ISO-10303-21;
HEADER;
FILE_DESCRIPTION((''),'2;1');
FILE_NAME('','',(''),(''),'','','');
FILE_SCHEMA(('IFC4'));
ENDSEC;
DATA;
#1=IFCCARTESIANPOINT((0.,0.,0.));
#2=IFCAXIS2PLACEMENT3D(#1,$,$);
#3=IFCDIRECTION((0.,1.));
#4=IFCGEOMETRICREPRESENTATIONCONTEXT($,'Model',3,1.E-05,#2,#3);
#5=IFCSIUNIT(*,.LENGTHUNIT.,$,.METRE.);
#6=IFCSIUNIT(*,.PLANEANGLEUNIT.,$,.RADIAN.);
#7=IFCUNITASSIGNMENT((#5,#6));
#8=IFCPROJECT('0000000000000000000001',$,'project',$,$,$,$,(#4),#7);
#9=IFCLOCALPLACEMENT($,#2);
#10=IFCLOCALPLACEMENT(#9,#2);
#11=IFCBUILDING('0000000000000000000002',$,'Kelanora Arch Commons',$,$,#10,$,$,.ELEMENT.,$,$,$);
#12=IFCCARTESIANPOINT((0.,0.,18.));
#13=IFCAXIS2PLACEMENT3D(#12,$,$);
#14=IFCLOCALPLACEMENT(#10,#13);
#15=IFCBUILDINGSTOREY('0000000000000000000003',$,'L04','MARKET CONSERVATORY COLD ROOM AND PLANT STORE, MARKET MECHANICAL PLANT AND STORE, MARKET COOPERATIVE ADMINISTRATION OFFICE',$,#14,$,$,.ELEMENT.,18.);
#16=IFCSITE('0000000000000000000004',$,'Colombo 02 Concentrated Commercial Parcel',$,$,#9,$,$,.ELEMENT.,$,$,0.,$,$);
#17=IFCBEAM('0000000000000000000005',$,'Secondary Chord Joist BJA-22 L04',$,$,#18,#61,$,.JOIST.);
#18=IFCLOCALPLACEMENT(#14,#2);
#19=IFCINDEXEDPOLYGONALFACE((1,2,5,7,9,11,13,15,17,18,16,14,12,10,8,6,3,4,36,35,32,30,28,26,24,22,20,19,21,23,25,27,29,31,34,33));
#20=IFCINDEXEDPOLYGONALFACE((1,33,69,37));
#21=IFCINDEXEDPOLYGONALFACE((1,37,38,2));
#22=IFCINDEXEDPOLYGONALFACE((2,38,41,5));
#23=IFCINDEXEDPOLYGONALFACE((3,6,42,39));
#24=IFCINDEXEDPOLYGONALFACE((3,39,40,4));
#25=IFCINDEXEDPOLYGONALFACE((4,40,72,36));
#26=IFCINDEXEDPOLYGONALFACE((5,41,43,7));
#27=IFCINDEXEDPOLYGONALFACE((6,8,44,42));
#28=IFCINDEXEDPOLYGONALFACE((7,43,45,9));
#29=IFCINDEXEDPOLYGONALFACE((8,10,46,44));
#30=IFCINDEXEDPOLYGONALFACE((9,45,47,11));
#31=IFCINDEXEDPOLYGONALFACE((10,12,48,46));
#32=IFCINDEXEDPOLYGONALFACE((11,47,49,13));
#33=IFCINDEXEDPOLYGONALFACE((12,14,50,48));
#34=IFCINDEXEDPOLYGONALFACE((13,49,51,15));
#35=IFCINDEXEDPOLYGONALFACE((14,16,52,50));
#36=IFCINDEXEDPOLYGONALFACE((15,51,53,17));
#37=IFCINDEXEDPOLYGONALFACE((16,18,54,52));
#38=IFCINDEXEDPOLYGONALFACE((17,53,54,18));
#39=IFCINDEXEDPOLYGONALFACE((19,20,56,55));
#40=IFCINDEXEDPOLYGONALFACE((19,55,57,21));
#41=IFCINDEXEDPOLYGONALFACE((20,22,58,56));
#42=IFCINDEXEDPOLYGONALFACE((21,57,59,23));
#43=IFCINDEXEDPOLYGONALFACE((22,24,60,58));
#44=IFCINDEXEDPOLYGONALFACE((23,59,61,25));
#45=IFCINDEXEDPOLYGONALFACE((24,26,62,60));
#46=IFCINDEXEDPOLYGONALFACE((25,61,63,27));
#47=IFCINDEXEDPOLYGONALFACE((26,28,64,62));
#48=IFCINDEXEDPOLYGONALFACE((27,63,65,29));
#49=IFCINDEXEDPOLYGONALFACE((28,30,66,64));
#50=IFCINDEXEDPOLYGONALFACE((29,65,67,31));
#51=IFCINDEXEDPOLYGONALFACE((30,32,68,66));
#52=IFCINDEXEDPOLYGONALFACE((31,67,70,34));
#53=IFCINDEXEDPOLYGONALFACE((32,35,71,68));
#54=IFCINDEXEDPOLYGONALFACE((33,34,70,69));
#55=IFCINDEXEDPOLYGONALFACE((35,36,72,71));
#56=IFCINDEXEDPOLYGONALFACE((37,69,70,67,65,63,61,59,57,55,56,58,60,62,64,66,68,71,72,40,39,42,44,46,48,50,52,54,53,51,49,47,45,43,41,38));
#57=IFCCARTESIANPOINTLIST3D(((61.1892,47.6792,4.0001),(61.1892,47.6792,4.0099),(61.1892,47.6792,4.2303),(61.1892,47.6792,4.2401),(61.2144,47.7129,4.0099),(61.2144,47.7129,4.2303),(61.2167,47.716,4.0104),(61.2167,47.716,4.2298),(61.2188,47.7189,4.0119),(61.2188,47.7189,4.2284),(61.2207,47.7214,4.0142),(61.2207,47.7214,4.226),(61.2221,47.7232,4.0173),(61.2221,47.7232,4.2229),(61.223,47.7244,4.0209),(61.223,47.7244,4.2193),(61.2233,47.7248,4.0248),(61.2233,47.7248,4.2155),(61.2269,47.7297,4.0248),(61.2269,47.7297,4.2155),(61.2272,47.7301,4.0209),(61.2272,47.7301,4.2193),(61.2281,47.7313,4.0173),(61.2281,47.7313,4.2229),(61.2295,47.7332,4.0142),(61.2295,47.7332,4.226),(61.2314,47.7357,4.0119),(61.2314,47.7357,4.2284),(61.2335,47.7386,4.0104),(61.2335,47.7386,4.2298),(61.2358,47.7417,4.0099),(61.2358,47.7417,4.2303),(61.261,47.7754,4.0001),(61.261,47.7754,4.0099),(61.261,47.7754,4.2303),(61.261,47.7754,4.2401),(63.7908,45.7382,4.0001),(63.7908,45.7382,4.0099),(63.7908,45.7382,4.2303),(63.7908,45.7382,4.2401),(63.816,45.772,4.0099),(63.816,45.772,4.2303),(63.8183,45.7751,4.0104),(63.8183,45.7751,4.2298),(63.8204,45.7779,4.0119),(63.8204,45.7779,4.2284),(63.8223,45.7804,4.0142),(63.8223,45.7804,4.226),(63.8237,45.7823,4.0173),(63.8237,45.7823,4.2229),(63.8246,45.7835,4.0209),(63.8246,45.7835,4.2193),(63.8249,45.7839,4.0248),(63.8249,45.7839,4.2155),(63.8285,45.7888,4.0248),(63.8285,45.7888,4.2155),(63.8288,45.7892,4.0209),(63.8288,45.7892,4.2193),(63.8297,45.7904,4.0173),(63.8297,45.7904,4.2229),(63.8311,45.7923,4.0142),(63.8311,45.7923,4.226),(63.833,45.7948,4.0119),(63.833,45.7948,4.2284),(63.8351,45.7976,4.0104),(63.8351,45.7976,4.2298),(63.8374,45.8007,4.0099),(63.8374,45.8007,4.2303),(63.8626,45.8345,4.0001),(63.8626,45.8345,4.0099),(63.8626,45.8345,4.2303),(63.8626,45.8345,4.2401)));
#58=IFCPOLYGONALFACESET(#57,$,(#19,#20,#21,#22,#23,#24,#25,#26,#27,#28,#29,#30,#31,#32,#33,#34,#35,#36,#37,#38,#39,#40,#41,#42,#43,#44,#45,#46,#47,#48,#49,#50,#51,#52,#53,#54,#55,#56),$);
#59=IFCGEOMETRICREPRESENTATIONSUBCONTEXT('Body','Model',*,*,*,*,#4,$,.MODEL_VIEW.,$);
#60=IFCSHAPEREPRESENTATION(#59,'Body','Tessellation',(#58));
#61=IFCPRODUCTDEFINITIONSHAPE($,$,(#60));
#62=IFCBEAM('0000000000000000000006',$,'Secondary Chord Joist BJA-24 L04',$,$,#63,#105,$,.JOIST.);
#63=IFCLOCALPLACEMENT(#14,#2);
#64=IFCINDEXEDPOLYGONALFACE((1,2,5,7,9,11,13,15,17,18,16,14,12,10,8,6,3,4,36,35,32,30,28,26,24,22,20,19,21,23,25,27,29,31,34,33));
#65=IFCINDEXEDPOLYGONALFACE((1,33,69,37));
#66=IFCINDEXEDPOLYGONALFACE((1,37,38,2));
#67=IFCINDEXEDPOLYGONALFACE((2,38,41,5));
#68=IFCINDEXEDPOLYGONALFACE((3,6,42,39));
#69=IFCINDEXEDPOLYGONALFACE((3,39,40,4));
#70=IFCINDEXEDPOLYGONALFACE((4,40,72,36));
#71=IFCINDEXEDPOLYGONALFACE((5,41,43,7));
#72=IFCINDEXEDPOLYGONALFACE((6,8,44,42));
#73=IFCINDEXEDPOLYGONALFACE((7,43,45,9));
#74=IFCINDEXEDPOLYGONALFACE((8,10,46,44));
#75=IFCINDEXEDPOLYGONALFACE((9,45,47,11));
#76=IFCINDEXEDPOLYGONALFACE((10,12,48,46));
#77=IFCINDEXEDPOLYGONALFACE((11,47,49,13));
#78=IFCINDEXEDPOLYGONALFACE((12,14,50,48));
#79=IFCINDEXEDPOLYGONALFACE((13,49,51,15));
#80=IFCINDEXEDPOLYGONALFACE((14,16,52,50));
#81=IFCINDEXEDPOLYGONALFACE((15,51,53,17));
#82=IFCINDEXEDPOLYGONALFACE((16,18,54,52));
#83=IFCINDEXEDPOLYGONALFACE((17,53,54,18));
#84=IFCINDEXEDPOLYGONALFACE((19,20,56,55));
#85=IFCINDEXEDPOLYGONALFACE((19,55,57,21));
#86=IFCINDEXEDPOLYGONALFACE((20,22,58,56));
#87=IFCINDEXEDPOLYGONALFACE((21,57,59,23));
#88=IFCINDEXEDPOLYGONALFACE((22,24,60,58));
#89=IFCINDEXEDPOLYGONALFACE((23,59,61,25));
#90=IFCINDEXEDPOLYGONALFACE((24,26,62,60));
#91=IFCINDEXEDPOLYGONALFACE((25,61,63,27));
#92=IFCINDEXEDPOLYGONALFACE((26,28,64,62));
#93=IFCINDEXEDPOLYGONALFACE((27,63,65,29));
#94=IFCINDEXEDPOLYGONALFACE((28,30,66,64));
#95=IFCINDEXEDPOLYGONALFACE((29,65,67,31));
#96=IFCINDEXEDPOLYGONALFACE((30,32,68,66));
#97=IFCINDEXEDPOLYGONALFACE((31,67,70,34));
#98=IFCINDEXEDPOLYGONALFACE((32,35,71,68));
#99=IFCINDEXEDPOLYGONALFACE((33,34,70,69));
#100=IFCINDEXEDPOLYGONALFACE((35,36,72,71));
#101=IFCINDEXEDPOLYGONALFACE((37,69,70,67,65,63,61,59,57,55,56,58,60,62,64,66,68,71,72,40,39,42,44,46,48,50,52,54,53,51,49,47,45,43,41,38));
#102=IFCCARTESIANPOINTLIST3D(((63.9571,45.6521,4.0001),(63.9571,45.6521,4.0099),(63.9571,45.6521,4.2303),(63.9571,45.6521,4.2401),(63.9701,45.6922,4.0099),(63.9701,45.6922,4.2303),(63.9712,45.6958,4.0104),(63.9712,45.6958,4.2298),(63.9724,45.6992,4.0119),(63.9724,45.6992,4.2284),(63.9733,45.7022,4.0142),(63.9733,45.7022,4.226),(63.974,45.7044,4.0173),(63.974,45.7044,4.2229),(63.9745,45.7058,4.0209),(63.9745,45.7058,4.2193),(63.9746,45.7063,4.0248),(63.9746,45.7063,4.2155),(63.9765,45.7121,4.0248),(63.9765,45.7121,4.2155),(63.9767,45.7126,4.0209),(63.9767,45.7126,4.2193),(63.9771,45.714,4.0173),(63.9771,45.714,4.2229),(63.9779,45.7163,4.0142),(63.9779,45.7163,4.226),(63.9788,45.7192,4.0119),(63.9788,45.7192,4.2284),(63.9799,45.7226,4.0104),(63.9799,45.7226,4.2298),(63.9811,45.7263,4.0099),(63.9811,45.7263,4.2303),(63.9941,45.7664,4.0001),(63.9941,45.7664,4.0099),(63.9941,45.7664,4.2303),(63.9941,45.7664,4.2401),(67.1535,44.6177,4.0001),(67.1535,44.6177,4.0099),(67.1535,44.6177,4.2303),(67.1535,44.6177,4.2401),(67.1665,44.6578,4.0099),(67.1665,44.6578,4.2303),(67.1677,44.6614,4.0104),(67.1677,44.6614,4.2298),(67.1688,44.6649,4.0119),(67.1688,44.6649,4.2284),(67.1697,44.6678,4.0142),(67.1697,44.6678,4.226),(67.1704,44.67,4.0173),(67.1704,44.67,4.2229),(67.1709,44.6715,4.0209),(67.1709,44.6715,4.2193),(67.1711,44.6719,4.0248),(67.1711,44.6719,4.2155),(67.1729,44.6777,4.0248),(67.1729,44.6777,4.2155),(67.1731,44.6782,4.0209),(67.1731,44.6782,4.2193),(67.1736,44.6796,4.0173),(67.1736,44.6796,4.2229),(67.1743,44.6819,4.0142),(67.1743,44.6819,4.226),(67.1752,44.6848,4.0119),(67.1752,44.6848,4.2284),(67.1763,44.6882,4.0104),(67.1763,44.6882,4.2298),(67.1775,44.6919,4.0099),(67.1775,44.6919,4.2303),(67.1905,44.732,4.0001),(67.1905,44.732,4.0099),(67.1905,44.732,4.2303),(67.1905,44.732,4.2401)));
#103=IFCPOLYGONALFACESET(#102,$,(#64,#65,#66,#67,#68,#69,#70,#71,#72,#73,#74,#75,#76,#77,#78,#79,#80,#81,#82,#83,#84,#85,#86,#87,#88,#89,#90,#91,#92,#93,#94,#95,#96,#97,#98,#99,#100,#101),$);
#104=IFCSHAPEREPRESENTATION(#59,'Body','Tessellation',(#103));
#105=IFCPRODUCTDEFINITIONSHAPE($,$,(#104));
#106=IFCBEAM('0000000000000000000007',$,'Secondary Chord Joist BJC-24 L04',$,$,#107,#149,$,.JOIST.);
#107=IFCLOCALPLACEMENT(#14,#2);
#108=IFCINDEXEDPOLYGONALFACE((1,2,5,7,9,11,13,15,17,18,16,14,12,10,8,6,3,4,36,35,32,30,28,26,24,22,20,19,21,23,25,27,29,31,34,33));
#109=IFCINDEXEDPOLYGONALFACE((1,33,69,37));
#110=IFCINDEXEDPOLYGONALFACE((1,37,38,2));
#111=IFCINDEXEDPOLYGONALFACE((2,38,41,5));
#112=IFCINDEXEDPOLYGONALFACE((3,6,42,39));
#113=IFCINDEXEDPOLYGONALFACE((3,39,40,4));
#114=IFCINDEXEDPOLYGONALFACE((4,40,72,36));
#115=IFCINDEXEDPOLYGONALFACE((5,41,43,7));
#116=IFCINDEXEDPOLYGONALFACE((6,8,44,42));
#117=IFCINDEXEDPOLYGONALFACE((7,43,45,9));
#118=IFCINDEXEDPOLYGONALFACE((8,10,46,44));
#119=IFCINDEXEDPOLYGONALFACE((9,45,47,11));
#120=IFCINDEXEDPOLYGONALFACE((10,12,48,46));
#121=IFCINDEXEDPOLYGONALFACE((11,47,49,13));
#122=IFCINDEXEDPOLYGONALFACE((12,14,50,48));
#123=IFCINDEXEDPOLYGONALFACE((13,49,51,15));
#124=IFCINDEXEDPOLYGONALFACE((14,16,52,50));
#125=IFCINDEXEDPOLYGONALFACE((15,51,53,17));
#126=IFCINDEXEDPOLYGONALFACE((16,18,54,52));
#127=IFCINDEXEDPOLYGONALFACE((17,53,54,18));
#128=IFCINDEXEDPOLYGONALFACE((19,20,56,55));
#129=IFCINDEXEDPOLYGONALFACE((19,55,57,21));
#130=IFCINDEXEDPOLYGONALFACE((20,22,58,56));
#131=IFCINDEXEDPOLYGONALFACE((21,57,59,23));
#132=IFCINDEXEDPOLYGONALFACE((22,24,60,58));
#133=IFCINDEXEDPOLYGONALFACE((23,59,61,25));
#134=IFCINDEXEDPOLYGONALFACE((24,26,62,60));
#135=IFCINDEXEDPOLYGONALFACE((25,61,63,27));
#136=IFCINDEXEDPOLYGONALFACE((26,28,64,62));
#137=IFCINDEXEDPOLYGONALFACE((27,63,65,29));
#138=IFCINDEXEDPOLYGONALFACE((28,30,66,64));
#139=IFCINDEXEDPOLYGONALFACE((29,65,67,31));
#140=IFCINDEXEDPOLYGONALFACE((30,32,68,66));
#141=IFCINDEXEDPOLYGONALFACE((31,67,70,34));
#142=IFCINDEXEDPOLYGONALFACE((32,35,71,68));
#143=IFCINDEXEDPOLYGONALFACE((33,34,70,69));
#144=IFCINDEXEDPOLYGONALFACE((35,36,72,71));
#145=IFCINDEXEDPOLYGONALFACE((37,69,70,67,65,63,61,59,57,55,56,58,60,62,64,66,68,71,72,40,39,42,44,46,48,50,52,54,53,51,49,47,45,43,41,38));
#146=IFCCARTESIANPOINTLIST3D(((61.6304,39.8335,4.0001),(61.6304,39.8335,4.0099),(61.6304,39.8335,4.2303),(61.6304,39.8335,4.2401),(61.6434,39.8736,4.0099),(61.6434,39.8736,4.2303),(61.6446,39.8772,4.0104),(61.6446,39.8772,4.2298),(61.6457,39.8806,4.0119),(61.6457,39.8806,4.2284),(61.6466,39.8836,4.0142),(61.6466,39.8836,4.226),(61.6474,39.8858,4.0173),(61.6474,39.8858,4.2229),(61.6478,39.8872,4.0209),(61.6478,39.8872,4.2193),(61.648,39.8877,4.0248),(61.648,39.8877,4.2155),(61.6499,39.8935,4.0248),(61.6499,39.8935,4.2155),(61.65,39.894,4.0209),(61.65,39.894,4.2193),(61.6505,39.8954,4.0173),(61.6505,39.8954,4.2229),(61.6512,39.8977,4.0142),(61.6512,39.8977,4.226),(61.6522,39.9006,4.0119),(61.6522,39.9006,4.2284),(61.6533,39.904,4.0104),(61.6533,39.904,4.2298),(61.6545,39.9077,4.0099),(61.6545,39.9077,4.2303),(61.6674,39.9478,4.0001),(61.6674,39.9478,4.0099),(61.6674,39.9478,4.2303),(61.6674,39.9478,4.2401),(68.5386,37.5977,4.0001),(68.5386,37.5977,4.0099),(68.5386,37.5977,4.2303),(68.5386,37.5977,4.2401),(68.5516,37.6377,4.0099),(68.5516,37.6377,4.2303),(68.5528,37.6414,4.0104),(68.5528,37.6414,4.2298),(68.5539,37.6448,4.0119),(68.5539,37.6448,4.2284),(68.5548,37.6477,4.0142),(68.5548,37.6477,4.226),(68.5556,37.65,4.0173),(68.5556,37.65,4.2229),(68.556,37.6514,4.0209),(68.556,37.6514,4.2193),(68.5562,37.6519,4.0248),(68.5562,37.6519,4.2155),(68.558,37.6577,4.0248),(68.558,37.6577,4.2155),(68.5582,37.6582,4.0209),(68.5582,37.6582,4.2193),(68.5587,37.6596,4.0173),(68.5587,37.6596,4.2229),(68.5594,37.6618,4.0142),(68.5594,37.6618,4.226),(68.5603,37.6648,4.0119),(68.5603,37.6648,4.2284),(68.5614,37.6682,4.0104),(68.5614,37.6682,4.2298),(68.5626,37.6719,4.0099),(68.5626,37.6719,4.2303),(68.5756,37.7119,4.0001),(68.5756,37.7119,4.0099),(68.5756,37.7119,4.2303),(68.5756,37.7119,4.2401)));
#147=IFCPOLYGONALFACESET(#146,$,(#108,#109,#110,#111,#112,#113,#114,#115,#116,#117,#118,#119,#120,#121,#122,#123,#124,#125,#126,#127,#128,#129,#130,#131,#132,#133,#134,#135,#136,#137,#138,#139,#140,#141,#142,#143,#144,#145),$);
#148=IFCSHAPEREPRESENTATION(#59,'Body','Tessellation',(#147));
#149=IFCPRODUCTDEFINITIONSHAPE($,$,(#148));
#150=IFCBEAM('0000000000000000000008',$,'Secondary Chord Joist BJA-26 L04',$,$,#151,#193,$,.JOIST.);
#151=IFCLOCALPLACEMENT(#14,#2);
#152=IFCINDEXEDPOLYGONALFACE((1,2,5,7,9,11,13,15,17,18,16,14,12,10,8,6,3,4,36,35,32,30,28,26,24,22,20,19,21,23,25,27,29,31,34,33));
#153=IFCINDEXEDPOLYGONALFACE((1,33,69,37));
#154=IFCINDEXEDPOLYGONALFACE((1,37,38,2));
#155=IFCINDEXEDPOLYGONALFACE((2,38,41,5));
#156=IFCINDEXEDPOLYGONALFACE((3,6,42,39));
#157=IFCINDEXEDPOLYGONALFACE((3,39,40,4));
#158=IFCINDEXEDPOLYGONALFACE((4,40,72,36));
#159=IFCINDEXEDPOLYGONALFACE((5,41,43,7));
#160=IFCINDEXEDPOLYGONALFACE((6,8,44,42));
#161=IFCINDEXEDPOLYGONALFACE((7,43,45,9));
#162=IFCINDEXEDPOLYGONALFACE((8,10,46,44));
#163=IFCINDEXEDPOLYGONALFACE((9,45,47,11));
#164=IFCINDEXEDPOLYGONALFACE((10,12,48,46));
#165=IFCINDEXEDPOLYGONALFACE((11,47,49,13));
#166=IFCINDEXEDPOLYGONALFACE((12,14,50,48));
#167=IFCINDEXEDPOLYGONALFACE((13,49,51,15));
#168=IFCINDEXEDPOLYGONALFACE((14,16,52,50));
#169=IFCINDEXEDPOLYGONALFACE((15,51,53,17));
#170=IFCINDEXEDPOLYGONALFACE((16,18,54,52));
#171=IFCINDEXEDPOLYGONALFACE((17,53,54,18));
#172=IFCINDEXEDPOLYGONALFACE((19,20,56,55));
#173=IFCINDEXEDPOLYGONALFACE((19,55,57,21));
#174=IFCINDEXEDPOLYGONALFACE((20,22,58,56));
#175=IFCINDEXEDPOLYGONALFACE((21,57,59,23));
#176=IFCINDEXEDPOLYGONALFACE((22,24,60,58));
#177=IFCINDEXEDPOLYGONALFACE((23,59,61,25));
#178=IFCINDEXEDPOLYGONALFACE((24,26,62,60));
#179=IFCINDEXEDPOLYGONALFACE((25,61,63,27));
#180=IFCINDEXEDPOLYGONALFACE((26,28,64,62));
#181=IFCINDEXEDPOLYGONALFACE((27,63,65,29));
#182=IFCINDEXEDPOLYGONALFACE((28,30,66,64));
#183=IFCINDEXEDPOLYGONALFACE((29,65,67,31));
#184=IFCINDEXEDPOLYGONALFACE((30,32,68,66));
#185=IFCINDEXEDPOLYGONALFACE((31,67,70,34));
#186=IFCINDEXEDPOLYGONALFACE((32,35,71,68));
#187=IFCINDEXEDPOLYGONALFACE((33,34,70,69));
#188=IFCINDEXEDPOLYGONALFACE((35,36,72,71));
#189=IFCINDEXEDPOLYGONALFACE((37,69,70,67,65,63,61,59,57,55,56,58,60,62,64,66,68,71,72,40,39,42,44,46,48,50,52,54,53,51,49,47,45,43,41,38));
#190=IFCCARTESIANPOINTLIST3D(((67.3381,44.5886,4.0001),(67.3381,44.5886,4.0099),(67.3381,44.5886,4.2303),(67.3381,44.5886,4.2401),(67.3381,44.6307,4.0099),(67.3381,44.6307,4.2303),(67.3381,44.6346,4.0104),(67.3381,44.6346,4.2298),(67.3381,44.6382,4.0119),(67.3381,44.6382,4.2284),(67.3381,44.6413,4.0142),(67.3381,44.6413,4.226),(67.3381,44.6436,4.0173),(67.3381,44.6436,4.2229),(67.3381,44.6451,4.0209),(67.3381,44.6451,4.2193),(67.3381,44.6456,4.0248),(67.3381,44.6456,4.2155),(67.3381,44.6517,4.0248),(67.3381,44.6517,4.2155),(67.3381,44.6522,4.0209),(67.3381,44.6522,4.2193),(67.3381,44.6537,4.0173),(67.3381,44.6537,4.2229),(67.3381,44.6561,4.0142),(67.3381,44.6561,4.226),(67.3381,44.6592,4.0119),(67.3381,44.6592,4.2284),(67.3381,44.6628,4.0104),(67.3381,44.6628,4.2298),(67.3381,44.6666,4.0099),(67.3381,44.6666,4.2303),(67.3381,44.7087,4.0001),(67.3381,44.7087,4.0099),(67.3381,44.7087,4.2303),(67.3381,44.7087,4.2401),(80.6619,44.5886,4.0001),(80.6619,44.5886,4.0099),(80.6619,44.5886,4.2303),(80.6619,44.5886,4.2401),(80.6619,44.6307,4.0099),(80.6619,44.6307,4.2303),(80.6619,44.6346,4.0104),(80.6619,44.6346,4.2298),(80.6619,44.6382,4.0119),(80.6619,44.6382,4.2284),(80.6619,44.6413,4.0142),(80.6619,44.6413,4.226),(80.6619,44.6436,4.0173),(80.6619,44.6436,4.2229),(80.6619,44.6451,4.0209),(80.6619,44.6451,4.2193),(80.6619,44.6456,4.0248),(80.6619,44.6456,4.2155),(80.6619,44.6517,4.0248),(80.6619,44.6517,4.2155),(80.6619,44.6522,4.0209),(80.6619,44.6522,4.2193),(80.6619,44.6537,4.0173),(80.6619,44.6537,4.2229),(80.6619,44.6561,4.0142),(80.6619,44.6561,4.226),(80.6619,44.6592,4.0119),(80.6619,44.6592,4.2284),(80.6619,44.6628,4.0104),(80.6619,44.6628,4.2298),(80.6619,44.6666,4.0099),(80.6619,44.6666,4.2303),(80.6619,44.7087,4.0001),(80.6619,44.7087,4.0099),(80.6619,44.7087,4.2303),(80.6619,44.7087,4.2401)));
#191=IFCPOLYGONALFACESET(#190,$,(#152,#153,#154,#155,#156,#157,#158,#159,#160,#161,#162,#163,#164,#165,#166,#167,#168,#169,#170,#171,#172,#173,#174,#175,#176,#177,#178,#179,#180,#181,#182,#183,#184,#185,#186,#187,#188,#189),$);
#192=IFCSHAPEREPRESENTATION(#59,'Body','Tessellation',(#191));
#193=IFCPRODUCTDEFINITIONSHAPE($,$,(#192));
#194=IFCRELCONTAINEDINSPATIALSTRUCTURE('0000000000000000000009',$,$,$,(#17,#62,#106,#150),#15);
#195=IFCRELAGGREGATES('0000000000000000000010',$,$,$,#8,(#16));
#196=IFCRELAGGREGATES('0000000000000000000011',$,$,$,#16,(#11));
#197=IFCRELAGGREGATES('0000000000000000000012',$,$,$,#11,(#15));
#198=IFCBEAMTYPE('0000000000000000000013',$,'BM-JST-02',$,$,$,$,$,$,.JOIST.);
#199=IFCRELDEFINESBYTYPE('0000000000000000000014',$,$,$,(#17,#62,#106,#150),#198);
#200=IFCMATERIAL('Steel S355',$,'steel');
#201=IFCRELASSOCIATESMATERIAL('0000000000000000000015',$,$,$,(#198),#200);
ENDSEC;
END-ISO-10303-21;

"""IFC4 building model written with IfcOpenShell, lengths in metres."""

from ifc_helpers import new_model, si_unit, direction, frame, origin, origin_2d, place, context, subcontext, project, spatial, i_section, extrude, material, material_profile, profile_set, type_object, element, save


model = new_model("IFC4")

# Units and contexts
model_context = context("Model", 3, precision=1e-05, world=origin(), true_north=direction((0.0, 1.0)))
body_context = subcontext(model_context, "Body", "Model", "MODEL_VIEW")
ifc_project = project(units=[si_unit("LENGTHUNIT", "METRE"), si_unit("PLANEANGLEUNIT", "RADIAN")], contexts=[model_context])

# Site, building, storey
site_placement = place(None, origin())
site = spatial("IfcSite", under=ifc_project, at=site_placement, Name="Colombo 02 Concentrated Commercial Parcel", CompositionType="ELEMENT", RefElevation=0.0)
building_placement = place(site_placement, origin())
building = spatial("IfcBuilding", under=site, at=building_placement, Name="Kelanora Arch Commons", CompositionType="ELEMENT")
storey_placement = place(building_placement, frame((0.0, 0.0, 18.0)))
storey = spatial("IfcBuildingStorey", under=building, at=storey_placement, Name="L04", Description="MARKET CONSERVATORY COLD ROOM AND PLANT STORE, MARKET MECHANICAL PLANT AND STORE, MARKET COOPERATIVE ADMINISTRATION OFFICE", CompositionType="ELEMENT", Elevation=18.0)

# Beams
ifc_material_1 = material(Name="Steel S355", Category="steel")
ifc_material_profile_1 = material_profile(ifc_material_1, i_section(OverallWidth=0.1201, OverallDepth=0.24, WebThickness=0.0061, FlangeThickness=0.0098, FilletRadius=0.0149, at=origin_2d()), Name="IPE240")
ifc_profile_set_1 = profile_set([ifc_material_profile_1], Name="Steel S355")
beam_type_1 = type_object("IfcBeamType", Name="BM-JST-02", PredefinedType="JOIST", material=ifc_profile_set_1)
beam_1_placement = place(storey_placement, frame((61.2251, 47.7273, 4.1201), z_axis=(0.801514, -0.597976, 0.0), x_axis=(0.597976, 0.801514, 0.0)))
element("IfcBeam", 1, at=beam_1_placement, inside=storey, type_object=beam_type_1, Name="Secondary Chord Joist BJA-22 L04", PredefinedType="JOIST", context=body_context, shape_type="SweptSolid", body=[
    extrude(i_section(OverallWidth=0.1201, OverallDepth=0.24, WebThickness=0.0061, FlangeThickness=0.0098, FilletRadius=0.0149, at=origin_2d()), origin(), (0.0, 0.0, 1.0), 3.2458),
])
beam_2_placement = place(storey_placement, frame((63.9756, 45.7092, 4.1201), z_axis=(0.951423, -0.307888, 0.0), x_axis=(0.307888, 0.951423, 0.0)))
element("IfcBeam", 2, at=beam_2_placement, inside=storey, type_object=beam_type_1, Name="Secondary Chord Joist BJA-24 L04", PredefinedType="JOIST", context=body_context, shape_type="SweptSolid", body=[
    extrude(i_section(OverallWidth=0.1201, OverallDepth=0.24, WebThickness=0.0061, FlangeThickness=0.0098, FilletRadius=0.0149, at=origin_2d()), origin(), (0.0, 0.0, 1.0), 3.3596),
])
beam_3_placement = place(storey_placement, frame((61.6489, 39.8906, 4.1201), z_axis=(0.951411, -0.307924, 0.0), x_axis=(0.307924, 0.951411, 0.0)))
element("IfcBeam", 3, at=beam_3_placement, inside=storey, type_object=beam_type_1, Name="Secondary Chord Joist BJC-24 L04", PredefinedType="JOIST", context=body_context, shape_type="SweptSolid", body=[
    extrude(i_section(OverallWidth=0.1201, OverallDepth=0.24, WebThickness=0.0061, FlangeThickness=0.0098, FilletRadius=0.0149, at=origin_2d()), origin(), (0.0, 0.0, 1.0), 7.261),
])
beam_4_placement = place(storey_placement, frame((67.3381, 44.6487, 4.1201), z_axis=(1.0, 0.0, 0.0), x_axis=(0.0, 1.0, 0.0)))
element("IfcBeam", 4, at=beam_4_placement, inside=storey, type_object=beam_type_1, Name="Secondary Chord Joist BJA-26 L04", PredefinedType="JOIST", context=body_context, shape_type="SweptSolid", body=[
    extrude(i_section(OverallWidth=0.1201, OverallDepth=0.24, WebThickness=0.0061, FlangeThickness=0.0098, FilletRadius=0.0149, at=origin_2d()), origin(), (0.0, 0.0, 1.0), 13.3237),
])

save(model, "model.ifc")
